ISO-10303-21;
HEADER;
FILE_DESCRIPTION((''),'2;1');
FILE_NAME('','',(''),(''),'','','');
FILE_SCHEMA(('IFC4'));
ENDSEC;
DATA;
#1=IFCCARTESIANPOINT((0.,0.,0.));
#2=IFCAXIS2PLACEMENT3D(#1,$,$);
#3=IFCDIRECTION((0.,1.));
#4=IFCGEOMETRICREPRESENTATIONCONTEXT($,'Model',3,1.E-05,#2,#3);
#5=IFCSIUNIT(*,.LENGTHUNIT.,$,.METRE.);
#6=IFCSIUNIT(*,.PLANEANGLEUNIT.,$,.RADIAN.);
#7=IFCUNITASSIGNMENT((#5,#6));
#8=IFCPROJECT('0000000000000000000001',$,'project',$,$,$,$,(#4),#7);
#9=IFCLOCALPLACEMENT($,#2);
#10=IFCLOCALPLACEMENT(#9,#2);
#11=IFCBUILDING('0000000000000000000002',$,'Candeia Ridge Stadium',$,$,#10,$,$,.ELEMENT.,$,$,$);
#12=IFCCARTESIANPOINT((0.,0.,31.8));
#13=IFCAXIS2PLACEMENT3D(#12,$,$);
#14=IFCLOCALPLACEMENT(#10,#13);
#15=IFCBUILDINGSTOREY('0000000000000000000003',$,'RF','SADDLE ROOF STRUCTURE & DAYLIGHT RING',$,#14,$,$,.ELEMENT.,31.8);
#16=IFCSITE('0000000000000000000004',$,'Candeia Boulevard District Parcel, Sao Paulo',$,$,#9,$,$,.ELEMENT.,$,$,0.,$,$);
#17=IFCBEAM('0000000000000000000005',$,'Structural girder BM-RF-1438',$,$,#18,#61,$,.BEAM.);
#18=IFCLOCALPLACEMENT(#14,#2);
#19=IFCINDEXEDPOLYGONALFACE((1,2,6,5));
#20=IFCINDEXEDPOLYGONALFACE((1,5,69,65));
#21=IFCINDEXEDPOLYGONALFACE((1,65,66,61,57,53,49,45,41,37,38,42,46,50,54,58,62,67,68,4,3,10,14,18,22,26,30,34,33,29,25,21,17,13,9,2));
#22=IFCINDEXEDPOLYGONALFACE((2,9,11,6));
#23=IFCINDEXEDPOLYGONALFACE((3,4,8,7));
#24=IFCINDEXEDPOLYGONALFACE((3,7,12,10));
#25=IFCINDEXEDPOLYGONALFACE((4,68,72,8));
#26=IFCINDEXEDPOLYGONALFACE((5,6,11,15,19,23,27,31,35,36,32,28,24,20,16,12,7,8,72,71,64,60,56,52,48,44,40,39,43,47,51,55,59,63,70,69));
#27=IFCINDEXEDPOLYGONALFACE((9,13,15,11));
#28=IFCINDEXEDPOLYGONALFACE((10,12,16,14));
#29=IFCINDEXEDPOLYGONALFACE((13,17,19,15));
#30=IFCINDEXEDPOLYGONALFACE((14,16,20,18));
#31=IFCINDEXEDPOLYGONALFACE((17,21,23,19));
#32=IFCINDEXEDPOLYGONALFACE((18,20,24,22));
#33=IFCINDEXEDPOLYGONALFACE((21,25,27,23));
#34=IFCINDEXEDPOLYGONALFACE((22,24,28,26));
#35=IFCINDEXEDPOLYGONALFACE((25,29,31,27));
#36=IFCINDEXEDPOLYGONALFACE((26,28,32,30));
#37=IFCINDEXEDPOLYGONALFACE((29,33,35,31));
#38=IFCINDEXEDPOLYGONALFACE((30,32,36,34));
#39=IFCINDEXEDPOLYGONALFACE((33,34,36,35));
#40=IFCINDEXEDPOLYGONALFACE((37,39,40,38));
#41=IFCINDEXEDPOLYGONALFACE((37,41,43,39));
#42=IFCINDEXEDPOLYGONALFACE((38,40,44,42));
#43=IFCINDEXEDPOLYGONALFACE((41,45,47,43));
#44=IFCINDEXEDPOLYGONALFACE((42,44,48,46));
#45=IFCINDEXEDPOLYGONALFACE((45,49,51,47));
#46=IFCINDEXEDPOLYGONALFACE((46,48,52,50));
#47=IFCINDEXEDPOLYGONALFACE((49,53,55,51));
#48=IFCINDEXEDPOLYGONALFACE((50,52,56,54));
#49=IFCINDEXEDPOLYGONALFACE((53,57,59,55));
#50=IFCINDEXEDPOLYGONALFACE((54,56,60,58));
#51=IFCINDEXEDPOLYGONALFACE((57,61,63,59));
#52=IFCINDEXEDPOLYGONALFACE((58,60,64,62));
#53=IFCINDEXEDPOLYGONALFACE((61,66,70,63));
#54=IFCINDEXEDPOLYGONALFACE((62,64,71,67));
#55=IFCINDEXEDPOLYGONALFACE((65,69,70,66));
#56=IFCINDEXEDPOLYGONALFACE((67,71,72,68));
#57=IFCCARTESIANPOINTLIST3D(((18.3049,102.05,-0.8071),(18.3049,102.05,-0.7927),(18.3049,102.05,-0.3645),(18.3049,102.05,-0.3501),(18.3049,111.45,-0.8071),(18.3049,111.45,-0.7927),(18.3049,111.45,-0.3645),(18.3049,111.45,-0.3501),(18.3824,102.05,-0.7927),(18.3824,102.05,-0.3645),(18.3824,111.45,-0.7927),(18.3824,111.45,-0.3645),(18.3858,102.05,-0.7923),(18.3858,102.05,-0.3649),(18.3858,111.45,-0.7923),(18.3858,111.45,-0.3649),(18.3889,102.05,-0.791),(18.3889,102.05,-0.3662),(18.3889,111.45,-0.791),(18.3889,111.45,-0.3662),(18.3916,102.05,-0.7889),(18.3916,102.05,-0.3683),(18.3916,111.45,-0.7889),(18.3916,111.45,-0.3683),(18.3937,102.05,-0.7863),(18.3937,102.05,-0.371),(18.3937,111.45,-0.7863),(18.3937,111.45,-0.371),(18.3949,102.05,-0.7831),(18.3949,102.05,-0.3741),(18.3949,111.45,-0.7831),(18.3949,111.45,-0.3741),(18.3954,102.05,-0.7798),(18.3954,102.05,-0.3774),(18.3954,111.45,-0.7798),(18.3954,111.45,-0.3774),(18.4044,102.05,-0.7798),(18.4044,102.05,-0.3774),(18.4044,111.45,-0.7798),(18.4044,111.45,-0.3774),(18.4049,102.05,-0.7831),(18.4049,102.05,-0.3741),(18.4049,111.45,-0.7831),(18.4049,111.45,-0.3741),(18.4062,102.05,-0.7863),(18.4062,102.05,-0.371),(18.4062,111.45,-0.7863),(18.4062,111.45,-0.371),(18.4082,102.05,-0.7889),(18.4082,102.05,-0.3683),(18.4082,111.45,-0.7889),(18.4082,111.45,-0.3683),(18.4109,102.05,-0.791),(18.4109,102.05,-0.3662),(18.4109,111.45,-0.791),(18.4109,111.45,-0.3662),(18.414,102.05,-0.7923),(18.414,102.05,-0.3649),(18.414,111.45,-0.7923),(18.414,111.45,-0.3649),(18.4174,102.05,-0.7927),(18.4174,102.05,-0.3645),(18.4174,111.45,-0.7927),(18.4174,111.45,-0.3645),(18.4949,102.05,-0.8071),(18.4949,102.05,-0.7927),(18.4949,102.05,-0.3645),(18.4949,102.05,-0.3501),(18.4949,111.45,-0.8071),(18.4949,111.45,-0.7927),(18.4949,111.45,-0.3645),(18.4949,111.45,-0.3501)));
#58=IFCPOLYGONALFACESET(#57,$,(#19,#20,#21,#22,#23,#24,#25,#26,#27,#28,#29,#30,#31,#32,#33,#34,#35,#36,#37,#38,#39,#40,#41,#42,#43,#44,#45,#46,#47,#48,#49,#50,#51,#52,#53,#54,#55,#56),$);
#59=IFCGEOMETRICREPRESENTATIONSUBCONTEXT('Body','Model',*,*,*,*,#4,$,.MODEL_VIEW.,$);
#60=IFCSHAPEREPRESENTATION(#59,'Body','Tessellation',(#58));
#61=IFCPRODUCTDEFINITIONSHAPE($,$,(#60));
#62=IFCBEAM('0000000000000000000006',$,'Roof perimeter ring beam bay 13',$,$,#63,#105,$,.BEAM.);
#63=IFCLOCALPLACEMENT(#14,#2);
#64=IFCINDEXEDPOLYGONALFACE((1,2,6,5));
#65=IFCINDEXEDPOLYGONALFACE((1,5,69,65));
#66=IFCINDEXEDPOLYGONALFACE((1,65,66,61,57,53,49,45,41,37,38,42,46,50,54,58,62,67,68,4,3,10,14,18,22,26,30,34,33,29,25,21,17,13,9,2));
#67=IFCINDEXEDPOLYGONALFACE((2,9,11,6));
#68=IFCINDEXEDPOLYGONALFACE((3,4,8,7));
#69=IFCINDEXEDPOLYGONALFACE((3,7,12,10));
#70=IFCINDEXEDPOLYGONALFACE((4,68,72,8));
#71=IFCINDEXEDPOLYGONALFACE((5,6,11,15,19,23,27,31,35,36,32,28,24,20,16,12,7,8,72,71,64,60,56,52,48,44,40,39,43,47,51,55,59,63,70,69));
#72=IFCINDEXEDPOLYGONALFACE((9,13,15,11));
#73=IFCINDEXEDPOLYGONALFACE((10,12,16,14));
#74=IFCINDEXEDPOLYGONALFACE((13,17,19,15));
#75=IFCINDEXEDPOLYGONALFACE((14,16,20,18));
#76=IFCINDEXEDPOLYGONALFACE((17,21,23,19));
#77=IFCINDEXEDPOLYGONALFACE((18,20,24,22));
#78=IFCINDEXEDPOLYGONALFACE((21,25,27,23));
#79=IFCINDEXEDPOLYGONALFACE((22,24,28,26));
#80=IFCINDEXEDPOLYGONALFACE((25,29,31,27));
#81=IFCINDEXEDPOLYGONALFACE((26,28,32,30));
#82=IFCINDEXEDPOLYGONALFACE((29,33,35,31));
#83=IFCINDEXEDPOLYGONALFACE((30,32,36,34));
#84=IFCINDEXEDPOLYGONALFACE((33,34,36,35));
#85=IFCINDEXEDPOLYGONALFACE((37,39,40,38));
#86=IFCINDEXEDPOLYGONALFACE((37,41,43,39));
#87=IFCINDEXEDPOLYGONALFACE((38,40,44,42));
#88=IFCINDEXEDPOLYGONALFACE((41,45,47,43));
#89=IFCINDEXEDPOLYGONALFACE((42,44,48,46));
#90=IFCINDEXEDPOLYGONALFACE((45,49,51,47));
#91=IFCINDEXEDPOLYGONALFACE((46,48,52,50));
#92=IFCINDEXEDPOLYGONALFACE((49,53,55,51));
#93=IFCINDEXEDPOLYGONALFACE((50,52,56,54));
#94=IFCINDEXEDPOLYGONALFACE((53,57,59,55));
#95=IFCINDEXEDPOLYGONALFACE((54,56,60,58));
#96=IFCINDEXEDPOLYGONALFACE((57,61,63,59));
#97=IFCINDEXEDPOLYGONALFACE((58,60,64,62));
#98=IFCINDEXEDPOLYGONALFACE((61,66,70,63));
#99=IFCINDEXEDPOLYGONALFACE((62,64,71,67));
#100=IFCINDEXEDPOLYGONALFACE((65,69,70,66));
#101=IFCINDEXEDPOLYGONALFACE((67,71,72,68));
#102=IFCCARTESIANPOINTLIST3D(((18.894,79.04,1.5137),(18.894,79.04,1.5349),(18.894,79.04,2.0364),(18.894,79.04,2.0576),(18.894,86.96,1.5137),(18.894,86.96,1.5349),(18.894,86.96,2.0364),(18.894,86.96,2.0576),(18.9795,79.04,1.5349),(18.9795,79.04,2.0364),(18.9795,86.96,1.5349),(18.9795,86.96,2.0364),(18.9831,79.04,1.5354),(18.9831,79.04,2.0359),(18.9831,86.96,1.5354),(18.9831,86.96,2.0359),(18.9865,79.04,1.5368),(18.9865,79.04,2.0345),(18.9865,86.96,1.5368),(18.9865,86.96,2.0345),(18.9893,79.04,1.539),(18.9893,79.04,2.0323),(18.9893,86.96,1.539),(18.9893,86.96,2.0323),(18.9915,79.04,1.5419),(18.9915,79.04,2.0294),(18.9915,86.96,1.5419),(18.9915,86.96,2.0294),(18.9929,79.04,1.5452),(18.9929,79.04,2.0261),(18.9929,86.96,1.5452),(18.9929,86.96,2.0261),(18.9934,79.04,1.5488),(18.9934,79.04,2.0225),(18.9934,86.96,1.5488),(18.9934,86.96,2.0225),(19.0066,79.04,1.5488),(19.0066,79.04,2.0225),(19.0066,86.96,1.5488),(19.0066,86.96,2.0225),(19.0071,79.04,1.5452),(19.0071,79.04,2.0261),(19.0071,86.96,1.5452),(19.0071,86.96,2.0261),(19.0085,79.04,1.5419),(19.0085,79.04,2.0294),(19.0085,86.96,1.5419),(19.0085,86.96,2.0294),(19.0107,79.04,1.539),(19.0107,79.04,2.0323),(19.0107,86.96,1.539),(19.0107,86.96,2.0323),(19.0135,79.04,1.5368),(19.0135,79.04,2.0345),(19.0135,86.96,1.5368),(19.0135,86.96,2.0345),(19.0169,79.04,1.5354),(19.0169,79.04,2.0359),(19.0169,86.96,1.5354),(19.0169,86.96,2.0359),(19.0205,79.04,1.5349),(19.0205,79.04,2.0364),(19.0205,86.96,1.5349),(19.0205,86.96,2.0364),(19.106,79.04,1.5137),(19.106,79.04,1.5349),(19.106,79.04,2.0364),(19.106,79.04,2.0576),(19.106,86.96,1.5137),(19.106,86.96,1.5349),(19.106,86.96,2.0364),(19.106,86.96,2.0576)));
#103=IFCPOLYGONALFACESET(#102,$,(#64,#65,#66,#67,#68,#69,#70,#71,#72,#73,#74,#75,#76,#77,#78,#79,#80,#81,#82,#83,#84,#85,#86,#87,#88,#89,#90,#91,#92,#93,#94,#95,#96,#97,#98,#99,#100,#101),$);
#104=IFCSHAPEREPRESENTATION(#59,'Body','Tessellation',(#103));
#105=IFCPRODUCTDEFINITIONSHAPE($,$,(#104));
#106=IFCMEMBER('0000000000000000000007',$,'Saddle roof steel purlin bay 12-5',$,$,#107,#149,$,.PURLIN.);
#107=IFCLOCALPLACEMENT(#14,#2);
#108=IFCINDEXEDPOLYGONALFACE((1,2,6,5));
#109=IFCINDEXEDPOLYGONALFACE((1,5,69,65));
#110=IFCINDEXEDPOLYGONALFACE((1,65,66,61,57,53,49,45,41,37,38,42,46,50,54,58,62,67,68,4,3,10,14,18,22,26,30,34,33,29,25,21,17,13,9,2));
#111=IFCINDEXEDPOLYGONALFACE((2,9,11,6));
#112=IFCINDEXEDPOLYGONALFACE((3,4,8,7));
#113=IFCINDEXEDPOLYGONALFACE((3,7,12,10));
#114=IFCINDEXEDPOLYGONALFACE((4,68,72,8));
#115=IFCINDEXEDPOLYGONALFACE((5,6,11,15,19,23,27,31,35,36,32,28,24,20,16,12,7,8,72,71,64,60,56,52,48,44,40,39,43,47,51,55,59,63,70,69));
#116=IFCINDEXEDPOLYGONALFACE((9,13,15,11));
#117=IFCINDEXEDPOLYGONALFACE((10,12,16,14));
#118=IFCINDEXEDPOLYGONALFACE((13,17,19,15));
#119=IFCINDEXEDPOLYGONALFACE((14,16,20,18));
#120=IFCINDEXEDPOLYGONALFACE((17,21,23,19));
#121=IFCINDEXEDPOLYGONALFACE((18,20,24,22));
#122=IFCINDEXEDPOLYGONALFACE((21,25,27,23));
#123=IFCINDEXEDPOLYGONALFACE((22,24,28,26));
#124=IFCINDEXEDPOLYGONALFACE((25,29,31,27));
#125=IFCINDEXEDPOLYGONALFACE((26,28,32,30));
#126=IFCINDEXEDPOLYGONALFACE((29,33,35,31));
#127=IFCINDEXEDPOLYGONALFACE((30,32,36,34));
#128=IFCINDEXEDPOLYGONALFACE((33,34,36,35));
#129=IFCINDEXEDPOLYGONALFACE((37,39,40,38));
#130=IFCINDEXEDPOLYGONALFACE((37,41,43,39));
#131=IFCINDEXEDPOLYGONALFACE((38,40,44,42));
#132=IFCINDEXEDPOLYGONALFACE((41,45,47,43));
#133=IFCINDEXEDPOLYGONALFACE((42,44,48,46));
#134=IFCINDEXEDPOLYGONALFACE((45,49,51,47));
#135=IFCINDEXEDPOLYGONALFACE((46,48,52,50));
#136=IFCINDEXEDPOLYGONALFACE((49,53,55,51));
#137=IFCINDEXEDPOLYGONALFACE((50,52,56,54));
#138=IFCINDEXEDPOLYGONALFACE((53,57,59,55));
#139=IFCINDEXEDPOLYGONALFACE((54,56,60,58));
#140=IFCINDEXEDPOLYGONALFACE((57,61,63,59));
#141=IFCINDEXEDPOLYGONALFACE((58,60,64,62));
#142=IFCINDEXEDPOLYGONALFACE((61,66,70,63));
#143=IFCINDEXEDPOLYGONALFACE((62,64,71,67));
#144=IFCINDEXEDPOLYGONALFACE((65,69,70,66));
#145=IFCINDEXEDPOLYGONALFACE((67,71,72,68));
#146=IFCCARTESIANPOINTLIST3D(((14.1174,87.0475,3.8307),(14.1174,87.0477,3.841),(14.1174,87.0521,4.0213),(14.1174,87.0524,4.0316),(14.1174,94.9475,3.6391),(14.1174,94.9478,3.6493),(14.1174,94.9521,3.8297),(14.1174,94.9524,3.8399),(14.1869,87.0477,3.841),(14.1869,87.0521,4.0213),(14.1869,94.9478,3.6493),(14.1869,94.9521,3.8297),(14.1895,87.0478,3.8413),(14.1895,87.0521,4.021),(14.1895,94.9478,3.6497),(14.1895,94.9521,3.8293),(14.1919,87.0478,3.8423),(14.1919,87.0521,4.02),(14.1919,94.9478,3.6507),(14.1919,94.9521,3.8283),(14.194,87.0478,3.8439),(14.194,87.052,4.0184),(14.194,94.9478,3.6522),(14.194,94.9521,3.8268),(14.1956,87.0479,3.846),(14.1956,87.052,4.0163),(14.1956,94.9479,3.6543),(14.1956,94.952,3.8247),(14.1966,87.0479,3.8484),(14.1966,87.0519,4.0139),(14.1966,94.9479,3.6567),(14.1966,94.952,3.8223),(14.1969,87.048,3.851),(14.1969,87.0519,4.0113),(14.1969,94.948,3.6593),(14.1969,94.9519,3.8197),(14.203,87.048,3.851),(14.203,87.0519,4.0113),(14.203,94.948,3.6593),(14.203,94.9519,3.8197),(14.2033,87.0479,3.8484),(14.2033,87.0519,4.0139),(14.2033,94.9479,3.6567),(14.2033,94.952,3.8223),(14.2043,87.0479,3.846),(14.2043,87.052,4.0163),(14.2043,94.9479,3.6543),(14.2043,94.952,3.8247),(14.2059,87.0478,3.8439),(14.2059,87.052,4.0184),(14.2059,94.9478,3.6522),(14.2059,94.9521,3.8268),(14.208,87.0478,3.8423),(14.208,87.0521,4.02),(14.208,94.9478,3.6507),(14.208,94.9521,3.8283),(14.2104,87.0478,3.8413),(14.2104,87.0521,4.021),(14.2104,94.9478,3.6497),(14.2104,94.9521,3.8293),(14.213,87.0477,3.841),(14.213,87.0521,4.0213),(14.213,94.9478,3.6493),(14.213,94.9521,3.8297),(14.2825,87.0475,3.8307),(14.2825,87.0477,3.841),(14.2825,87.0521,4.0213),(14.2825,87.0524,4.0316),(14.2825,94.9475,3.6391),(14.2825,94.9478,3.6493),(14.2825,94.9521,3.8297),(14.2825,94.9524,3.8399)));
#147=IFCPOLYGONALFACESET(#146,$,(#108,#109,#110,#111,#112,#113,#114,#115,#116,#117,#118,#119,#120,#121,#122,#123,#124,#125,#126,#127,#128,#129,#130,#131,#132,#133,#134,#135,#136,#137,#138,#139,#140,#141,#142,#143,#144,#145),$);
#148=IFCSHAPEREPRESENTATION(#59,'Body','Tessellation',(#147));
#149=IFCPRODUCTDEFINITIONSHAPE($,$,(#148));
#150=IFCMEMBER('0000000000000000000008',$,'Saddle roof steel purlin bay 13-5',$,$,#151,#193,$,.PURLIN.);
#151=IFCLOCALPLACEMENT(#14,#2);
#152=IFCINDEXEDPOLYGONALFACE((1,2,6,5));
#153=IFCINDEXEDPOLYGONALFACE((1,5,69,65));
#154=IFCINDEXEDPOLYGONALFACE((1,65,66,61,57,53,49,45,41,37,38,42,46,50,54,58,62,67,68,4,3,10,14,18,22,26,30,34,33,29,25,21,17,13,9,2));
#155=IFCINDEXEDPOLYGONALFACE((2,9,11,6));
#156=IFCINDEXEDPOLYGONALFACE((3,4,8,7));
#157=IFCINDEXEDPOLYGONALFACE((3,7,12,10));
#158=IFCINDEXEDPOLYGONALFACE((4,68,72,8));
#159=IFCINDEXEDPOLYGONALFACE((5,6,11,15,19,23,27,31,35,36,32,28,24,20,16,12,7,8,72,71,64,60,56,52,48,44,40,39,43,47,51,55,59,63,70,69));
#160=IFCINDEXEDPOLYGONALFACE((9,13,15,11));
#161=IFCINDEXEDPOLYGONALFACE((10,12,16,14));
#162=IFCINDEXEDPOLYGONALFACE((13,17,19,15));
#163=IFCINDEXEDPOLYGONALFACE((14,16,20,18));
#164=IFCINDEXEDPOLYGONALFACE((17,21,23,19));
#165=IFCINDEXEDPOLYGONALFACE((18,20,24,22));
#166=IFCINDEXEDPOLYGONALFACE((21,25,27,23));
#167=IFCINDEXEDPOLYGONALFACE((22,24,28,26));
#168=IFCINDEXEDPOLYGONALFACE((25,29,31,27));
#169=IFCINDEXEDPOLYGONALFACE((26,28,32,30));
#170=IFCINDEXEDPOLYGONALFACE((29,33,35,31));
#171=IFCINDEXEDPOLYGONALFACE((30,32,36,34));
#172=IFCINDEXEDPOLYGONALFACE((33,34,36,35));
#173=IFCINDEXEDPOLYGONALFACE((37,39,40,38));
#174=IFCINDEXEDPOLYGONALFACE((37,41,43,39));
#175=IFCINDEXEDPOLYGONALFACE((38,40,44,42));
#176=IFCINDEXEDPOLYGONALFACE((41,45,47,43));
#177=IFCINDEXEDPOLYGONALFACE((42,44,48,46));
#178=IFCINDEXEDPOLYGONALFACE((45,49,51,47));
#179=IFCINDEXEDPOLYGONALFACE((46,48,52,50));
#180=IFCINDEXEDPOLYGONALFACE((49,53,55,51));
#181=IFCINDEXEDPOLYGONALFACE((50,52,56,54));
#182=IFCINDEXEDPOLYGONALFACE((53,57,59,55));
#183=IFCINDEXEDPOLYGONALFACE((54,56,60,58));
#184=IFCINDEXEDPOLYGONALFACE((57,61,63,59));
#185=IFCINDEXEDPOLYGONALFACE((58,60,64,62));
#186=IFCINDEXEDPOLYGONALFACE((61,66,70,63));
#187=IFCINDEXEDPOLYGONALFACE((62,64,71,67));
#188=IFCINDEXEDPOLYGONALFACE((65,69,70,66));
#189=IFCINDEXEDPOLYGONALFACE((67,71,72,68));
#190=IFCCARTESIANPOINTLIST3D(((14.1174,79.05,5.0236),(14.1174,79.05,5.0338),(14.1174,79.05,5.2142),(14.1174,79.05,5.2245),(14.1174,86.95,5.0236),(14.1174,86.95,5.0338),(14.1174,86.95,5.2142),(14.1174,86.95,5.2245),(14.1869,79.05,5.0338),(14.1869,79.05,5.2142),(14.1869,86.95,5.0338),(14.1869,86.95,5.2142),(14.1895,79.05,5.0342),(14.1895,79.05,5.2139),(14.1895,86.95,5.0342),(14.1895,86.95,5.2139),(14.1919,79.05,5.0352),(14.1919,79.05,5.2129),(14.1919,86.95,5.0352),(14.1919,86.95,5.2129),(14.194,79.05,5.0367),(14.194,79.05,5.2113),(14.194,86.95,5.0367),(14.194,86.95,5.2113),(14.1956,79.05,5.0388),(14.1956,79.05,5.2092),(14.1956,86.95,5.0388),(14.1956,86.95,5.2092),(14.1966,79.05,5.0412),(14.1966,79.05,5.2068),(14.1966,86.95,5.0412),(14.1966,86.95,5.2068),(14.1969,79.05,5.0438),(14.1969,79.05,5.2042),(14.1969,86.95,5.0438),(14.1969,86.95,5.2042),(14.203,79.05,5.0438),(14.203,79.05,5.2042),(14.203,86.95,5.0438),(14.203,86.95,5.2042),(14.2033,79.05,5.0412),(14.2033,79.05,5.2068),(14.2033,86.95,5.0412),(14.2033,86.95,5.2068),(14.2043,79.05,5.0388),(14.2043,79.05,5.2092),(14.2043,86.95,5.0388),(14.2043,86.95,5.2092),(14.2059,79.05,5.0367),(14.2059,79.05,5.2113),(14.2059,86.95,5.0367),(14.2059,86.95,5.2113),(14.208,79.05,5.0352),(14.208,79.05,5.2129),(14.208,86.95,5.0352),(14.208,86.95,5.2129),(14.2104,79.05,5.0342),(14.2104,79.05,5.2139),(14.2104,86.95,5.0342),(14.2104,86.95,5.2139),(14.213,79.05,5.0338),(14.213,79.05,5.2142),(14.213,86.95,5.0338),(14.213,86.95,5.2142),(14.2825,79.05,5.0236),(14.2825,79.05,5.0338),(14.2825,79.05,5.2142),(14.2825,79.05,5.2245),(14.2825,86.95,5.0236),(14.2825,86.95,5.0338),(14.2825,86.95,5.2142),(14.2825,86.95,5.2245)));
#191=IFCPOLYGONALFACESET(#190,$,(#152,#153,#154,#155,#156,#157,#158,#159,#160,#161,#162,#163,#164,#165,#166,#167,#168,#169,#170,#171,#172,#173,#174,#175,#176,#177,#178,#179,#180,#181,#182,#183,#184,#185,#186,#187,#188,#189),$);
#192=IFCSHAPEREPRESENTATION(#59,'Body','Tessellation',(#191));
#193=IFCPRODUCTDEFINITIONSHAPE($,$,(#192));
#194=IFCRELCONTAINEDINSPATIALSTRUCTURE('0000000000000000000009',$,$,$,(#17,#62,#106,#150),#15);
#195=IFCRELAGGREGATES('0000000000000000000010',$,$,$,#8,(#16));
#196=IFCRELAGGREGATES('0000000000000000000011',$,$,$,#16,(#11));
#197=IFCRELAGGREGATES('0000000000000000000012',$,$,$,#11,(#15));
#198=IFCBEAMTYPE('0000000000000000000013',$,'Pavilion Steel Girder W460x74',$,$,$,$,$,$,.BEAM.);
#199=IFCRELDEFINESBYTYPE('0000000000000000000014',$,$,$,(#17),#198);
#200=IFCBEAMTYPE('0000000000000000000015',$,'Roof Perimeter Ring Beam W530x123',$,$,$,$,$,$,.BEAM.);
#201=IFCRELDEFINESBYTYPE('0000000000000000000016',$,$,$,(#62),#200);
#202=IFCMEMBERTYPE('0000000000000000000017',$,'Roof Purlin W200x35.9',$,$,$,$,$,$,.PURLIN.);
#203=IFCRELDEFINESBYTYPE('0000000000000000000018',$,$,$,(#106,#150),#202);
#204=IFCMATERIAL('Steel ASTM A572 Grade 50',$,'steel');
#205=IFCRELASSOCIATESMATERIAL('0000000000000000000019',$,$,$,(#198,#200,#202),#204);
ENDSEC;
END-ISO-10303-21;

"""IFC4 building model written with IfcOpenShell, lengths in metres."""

from ifc_helpers import new_model, si_unit, direction, frame, origin, origin_2d, place, context, subcontext, project, spatial, i_section, extrude, material, material_profile, profile_set, type_object, element, save


model = new_model("IFC4")

# Units and contexts
model_context = context("Model", 3, precision=1e-05, world=origin(), true_north=direction((0.0, 1.0)))
body_context = subcontext(model_context, "Body", "Model", "MODEL_VIEW")
ifc_project = project(units=[si_unit("LENGTHUNIT", "METRE"), si_unit("PLANEANGLEUNIT", "RADIAN")], contexts=[model_context])

# Site, building, storey
site_placement = place(None, origin())
site = spatial("IfcSite", under=ifc_project, at=site_placement, Name="Candeia Boulevard District Parcel, Sao Paulo", CompositionType="ELEMENT", RefElevation=0.0)
building_placement = place(site_placement, origin())
building = spatial("IfcBuilding", under=site, at=building_placement, Name="Candeia Ridge Stadium", CompositionType="ELEMENT")
storey_placement = place(building_placement, frame((0.0, 0.0, 31.8)))
storey = spatial("IfcBuildingStorey", under=building, at=storey_placement, Name="RF", Description="SADDLE ROOF STRUCTURE & DAYLIGHT RING", CompositionType="ELEMENT", Elevation=31.8)

# Beams
ifc_material_1 = material(Name="Steel ASTM A572 Grade 50", Category="steel")
ifc_material_profile_1 = material_profile(ifc_material_1, i_section(OverallWidth=0.1899, OverallDepth=0.457, WebThickness=0.009, FlangeThickness=0.0144, FilletRadius=0.0129, at=origin_2d()), Name="W460x74", Category="steel")
ifc_profile_set_1 = profile_set([ifc_material_profile_1], Name="Steel ASTM A572 Grade 50")
beam_type_1 = type_object("IfcBeamType", Name="Pavilion Steel Girder W460x74", PredefinedType="BEAM", material=ifc_profile_set_1)
for number, where, z_axis, x_axis, name in (
    (1, (18.3999, 102.05, -0.5786), (0.0, 1.0, 0.0), (-1.0, 0.0, 0.0), "Structural girder BM-RF-1438"),
):
    element("IfcBeam", number, at=place(storey_placement, frame(where, z_axis=z_axis, x_axis=x_axis)), inside=storey, type_object=beam_type_1, Name=name, PredefinedType="BEAM", context=body_context, shape_type="SweptSolid", body=[
        extrude(i_section(OverallWidth=0.1899, OverallDepth=0.457, WebThickness=0.009, FlangeThickness=0.0144, FilletRadius=0.0129, at=origin_2d()), origin(), (0.0, 0.0, 1.0), 9.3999),
    ])
ifc_material_profile_2 = material_profile(ifc_material_1, i_section(OverallWidth=0.2119, OverallDepth=0.5439, WebThickness=0.0132, FlangeThickness=0.0212, FilletRadius=0.0139, at=origin_2d()), Name="W530x123", Category="steel")
ifc_profile_set_2 = profile_set([ifc_material_profile_2], Name="Steel ASTM A572 Grade 50")
beam_type_2 = type_object("IfcBeamType", Name="Roof Perimeter Ring Beam W530x123", PredefinedType="BEAM", material=ifc_profile_set_2)
beam_1_placement = place(storey_placement, frame((19.0, 86.96, 1.7856), z_axis=(0.0, -1.0, 0.0), x_axis=(1.0, 0.0, 0.0)))
element("IfcBeam", 2, at=beam_1_placement, inside=storey, type_object=beam_type_2, Name="Roof perimeter ring beam bay 13", PredefinedType="BEAM", context=body_context, shape_type="SweptSolid", body=[
    extrude(i_section(OverallWidth=0.2119, OverallDepth=0.5439, WebThickness=0.0132, FlangeThickness=0.0212, FilletRadius=0.0139, at=origin_2d()), origin(), (0.0, 0.0, 1.0), 7.9199),
])

# Members
ifc_material_profile_3 = material_profile(ifc_material_1, i_section(OverallWidth=0.165, OverallDepth=0.2009, WebThickness=0.0061, FlangeThickness=0.0103, FilletRadius=0.01, at=origin_2d()), Name="W200x35.9", Category="steel")
ifc_profile_set_3 = profile_set([ifc_material_profile_3], Name="Steel ASTM A572 Grade 50")
member_type_1 = type_object("IfcMemberType", Name="Roof Purlin W200x35.9", PredefinedType="PURLIN", material=ifc_profile_set_3)
member_1_placement = place(storey_placement, frame((14.2, 94.95, 3.7395), z_axis=(0.0, -0.999706, 0.024253), x_axis=(1.0, 0.0, 0.0)))
element("IfcMember", 3, at=member_1_placement, inside=storey, type_object=member_type_1, Name="Saddle roof steel purlin bay 12-5", PredefinedType="PURLIN", context=body_context, shape_type="SweptSolid", body=[
    extrude(i_section(OverallWidth=0.165, OverallDepth=0.2009, WebThickness=0.0061, FlangeThickness=0.0103, FilletRadius=0.01, at=origin_2d()), origin(), (0.0, 0.0, 1.0), 7.9023),
])
member_2_placement = place(storey_placement, frame((14.2, 86.95, 5.124), z_axis=(0.0, -1.0, 0.0), x_axis=(1.0, 0.0, 0.0)))
element("IfcMember", 4, at=member_2_placement, inside=storey, type_object=member_type_1, Name="Saddle roof steel purlin bay 13-5", PredefinedType="PURLIN", context=body_context, shape_type="SweptSolid", body=[
    extrude(i_section(OverallWidth=0.165, OverallDepth=0.2009, WebThickness=0.0061, FlangeThickness=0.0103, FilletRadius=0.01, at=origin_2d()), origin(), (0.0, 0.0, 1.0), 7.8999),
])

save(model, "model.ifc")
